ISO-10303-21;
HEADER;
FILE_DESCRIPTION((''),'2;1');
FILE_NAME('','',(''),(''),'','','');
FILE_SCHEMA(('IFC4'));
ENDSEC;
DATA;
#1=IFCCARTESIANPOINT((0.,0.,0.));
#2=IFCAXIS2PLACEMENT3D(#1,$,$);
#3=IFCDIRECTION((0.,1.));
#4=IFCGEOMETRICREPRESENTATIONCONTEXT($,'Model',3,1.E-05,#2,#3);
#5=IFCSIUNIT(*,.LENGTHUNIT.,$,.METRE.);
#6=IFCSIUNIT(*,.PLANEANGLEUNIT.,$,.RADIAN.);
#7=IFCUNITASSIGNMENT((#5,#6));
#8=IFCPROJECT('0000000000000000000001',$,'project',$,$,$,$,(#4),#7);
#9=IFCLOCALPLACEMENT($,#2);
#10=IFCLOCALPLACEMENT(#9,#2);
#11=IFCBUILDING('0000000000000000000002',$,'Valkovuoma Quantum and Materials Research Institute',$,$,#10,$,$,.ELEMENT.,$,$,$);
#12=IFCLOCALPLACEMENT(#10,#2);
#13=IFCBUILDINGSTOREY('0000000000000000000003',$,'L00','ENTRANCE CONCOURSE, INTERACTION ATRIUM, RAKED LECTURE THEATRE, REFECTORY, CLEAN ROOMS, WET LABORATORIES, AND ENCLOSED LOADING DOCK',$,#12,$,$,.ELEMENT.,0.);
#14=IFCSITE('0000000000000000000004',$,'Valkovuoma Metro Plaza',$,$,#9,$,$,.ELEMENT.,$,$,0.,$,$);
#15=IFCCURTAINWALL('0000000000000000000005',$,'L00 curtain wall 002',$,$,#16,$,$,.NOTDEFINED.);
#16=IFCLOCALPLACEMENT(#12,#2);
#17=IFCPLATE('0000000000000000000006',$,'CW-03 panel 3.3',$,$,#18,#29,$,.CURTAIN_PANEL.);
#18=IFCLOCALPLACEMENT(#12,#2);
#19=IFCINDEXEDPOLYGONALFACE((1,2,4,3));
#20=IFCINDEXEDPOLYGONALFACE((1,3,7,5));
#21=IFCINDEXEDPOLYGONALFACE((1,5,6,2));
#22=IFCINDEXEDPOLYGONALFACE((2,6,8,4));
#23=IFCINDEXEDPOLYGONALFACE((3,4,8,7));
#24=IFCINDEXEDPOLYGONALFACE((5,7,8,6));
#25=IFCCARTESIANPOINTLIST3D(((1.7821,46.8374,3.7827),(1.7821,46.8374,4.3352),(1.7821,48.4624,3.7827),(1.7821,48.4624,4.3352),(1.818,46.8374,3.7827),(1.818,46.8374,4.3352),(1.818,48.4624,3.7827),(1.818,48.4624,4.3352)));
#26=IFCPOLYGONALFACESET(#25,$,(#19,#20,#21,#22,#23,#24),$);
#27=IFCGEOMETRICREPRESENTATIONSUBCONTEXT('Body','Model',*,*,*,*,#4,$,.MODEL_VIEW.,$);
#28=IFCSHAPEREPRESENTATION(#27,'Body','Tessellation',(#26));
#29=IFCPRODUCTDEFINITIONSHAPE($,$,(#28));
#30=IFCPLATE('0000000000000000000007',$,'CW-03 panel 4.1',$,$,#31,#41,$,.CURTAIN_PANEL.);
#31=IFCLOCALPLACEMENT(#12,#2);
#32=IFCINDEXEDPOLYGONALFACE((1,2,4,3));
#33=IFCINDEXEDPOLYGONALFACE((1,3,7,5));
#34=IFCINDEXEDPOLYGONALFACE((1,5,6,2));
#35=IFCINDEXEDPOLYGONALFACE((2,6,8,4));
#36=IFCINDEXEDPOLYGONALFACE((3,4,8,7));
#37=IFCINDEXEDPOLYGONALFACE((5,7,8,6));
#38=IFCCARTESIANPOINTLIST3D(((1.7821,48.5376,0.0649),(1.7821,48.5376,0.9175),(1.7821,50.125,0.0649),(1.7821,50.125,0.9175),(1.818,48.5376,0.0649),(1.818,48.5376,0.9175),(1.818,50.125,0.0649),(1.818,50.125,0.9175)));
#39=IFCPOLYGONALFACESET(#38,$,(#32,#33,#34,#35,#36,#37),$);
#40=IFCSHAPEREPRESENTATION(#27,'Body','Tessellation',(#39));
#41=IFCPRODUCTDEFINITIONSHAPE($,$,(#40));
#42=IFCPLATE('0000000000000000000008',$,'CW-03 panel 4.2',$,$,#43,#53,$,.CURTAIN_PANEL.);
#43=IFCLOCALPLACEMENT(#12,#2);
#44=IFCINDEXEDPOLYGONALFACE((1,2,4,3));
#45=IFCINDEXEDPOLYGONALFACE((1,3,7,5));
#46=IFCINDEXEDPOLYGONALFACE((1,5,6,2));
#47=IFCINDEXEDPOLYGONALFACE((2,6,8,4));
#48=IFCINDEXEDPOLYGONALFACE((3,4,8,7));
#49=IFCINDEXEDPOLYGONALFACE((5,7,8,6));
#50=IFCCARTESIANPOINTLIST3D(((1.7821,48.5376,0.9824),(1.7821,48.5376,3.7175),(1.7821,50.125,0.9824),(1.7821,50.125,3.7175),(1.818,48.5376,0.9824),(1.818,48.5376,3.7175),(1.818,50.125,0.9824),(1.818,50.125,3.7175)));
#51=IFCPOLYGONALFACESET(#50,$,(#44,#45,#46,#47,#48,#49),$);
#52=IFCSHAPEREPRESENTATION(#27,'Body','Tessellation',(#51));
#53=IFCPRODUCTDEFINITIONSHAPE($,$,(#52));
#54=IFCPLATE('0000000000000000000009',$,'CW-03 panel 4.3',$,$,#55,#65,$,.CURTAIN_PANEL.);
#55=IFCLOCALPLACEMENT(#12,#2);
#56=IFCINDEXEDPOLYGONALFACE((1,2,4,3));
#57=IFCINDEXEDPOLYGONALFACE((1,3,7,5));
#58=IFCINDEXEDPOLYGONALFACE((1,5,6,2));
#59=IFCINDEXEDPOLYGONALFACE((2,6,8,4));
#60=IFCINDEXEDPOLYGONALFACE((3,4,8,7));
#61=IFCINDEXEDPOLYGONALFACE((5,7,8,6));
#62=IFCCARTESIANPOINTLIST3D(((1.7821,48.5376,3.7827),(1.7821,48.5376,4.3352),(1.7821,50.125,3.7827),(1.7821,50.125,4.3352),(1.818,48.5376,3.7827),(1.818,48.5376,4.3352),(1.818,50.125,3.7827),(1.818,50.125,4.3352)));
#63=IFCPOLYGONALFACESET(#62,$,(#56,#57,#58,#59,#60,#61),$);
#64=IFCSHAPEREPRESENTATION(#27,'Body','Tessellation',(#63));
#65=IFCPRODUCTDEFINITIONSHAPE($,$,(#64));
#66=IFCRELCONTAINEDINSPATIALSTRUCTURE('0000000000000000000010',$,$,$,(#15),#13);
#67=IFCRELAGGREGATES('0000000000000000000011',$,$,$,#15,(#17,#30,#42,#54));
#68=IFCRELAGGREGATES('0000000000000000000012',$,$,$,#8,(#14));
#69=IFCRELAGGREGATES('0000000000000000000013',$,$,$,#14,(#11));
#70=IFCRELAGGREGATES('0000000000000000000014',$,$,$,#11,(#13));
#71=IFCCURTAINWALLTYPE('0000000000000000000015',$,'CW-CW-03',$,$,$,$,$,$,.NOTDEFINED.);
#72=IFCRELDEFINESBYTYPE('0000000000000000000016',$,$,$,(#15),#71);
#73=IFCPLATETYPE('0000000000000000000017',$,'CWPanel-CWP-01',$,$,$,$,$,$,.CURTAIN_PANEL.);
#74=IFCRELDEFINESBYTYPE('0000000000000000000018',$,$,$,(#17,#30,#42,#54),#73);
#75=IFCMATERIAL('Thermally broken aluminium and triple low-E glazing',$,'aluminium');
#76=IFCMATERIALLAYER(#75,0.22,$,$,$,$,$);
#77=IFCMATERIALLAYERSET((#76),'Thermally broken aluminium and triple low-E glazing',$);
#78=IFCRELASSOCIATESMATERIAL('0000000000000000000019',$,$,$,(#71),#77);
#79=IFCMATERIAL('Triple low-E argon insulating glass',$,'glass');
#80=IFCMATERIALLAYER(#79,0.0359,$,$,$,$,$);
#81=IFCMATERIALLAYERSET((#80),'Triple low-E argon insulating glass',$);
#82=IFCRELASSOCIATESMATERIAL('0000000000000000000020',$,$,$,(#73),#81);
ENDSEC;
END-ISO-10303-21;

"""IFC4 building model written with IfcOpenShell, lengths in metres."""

from ifc_helpers import new_model, si_unit, direction, frame, origin, origin_2d, place, context, subcontext, project, spatial, rectangle, extrude, material, layer, layer_set, type_object, element, aggregate, save


model = new_model("IFC4")

# Units and contexts
model_context = context("Model", 3, precision=1e-05, world=origin(), true_north=direction((0.0, 1.0)))
body_context = subcontext(model_context, "Body", "Model", "MODEL_VIEW")
ifc_project = project(units=[si_unit("LENGTHUNIT", "METRE"), si_unit("PLANEANGLEUNIT", "RADIAN")], contexts=[model_context])

# Site, building, storey
site_placement = place(None, origin())
site = spatial("IfcSite", under=ifc_project, at=site_placement, Name="Valkovuoma Metro Plaza", CompositionType="ELEMENT", RefElevation=0.0)
building_placement = place(site_placement, origin())
building = spatial("IfcBuilding", under=site, at=building_placement, Name="Valkovuoma Quantum and Materials Research Institute", CompositionType="ELEMENT")
storey_placement = place(building_placement, origin())
storey = spatial("IfcBuildingStorey", under=building, at=storey_placement, Name="L00", Description="ENTRANCE CONCOURSE, INTERACTION ATRIUM, RAKED LECTURE THEATRE, REFECTORY, CLEAN ROOMS, WET LABORATORIES, AND ENCLOSED LOADING DOCK", CompositionType="ELEMENT", Elevation=0.0)

# Curtain wall, plates
ifc_material_1 = material(Name="Thermally broken aluminium and triple low-E glazing", Category="aluminium")
ifc_layer_1 = layer(ifc_material_1, 0.22)
ifc_layer_set_1 = layer_set([ifc_layer_1], Name="Thermally broken aluminium and triple low-E glazing")
curtain_wall_type = type_object("IfcCurtainWallType", Name="CW-CW-03", PredefinedType="NOTDEFINED", material=ifc_layer_set_1)
curtain_wall_placement = place(storey_placement, origin())
curtain_wall = element("IfcCurtainWall", 1, at=curtain_wall_placement, inside=storey, type_object=curtain_wall_type, Name="L00 curtain wall 002", PredefinedType="NOTDEFINED")
ifc_material_2 = material(Name="Triple low-E argon insulating glass", Category="glass")
ifc_layer_2 = layer(ifc_material_2, 0.0359)
ifc_layer_set_2 = layer_set([ifc_layer_2], Name="Triple low-E argon insulating glass")
plate_type = type_object("IfcPlateType", Name="CWPanel-CWP-01", PredefinedType="CURTAIN_PANEL", material=ifc_layer_set_2)
plate_1_placement = place(storey_placement, frame((1.8, 47.6499, 3.7827), z_axis=(0.0, 0.0, 1.0), x_axis=(0.0, 1.0, 0.0)))
plate_1 = element("IfcPlate", 2, at=plate_1_placement, type_object=plate_type, Name="CW-03 panel 3.3", PredefinedType="CURTAIN_PANEL", context=body_context, shape_type="SweptSolid", body=[
    extrude(rectangle(XDim=1.625, YDim=0.0359, at=origin_2d()), origin(), (0.0, 0.0, 1.0), 0.5525),
])
plate_2_placement = place(storey_placement, frame((1.8, 49.3313, 0.0649), z_axis=(0.0, 0.0, 1.0), x_axis=(0.0, 1.0, 0.0)))
plate_2 = element("IfcPlate", 3, at=plate_2_placement, type_object=plate_type, Name="CW-03 panel 4.1", PredefinedType="CURTAIN_PANEL", context=body_context, shape_type="SweptSolid", body=[
    extrude(rectangle(XDim=1.5874, YDim=0.0359, at=origin_2d()), origin(), (0.0, 0.0, 1.0), 0.8525),
])
plate_3_placement = place(storey_placement, frame((1.8, 49.3313, 0.9824), z_axis=(0.0, 0.0, 1.0), x_axis=(0.0, 1.0, 0.0)))
plate_3 = element("IfcPlate", 4, at=plate_3_placement, type_object=plate_type, Name="CW-03 panel 4.2", PredefinedType="CURTAIN_PANEL", context=body_context, shape_type="SweptSolid", body=[
    extrude(rectangle(XDim=1.5874, YDim=0.0359, at=origin_2d()), origin(), (0.0, 0.0, 1.0), 2.7351),
])
plate_4_placement = place(storey_placement, frame((1.8, 49.3313, 3.7827), z_axis=(0.0, 0.0, 1.0), x_axis=(0.0, 1.0, 0.0)))
plate_4 = element("IfcPlate", 5, at=plate_4_placement, type_object=plate_type, Name="CW-03 panel 4.3", PredefinedType="CURTAIN_PANEL", context=body_context, shape_type="SweptSolid", body=[
    extrude(rectangle(XDim=1.5874, YDim=0.0359, at=origin_2d()), origin(), (0.0, 0.0, 1.0), 0.5525),
])
aggregate(curtain_wall, [plate_1, plate_2, plate_3, plate_4])

save(model, "model.ifc")
